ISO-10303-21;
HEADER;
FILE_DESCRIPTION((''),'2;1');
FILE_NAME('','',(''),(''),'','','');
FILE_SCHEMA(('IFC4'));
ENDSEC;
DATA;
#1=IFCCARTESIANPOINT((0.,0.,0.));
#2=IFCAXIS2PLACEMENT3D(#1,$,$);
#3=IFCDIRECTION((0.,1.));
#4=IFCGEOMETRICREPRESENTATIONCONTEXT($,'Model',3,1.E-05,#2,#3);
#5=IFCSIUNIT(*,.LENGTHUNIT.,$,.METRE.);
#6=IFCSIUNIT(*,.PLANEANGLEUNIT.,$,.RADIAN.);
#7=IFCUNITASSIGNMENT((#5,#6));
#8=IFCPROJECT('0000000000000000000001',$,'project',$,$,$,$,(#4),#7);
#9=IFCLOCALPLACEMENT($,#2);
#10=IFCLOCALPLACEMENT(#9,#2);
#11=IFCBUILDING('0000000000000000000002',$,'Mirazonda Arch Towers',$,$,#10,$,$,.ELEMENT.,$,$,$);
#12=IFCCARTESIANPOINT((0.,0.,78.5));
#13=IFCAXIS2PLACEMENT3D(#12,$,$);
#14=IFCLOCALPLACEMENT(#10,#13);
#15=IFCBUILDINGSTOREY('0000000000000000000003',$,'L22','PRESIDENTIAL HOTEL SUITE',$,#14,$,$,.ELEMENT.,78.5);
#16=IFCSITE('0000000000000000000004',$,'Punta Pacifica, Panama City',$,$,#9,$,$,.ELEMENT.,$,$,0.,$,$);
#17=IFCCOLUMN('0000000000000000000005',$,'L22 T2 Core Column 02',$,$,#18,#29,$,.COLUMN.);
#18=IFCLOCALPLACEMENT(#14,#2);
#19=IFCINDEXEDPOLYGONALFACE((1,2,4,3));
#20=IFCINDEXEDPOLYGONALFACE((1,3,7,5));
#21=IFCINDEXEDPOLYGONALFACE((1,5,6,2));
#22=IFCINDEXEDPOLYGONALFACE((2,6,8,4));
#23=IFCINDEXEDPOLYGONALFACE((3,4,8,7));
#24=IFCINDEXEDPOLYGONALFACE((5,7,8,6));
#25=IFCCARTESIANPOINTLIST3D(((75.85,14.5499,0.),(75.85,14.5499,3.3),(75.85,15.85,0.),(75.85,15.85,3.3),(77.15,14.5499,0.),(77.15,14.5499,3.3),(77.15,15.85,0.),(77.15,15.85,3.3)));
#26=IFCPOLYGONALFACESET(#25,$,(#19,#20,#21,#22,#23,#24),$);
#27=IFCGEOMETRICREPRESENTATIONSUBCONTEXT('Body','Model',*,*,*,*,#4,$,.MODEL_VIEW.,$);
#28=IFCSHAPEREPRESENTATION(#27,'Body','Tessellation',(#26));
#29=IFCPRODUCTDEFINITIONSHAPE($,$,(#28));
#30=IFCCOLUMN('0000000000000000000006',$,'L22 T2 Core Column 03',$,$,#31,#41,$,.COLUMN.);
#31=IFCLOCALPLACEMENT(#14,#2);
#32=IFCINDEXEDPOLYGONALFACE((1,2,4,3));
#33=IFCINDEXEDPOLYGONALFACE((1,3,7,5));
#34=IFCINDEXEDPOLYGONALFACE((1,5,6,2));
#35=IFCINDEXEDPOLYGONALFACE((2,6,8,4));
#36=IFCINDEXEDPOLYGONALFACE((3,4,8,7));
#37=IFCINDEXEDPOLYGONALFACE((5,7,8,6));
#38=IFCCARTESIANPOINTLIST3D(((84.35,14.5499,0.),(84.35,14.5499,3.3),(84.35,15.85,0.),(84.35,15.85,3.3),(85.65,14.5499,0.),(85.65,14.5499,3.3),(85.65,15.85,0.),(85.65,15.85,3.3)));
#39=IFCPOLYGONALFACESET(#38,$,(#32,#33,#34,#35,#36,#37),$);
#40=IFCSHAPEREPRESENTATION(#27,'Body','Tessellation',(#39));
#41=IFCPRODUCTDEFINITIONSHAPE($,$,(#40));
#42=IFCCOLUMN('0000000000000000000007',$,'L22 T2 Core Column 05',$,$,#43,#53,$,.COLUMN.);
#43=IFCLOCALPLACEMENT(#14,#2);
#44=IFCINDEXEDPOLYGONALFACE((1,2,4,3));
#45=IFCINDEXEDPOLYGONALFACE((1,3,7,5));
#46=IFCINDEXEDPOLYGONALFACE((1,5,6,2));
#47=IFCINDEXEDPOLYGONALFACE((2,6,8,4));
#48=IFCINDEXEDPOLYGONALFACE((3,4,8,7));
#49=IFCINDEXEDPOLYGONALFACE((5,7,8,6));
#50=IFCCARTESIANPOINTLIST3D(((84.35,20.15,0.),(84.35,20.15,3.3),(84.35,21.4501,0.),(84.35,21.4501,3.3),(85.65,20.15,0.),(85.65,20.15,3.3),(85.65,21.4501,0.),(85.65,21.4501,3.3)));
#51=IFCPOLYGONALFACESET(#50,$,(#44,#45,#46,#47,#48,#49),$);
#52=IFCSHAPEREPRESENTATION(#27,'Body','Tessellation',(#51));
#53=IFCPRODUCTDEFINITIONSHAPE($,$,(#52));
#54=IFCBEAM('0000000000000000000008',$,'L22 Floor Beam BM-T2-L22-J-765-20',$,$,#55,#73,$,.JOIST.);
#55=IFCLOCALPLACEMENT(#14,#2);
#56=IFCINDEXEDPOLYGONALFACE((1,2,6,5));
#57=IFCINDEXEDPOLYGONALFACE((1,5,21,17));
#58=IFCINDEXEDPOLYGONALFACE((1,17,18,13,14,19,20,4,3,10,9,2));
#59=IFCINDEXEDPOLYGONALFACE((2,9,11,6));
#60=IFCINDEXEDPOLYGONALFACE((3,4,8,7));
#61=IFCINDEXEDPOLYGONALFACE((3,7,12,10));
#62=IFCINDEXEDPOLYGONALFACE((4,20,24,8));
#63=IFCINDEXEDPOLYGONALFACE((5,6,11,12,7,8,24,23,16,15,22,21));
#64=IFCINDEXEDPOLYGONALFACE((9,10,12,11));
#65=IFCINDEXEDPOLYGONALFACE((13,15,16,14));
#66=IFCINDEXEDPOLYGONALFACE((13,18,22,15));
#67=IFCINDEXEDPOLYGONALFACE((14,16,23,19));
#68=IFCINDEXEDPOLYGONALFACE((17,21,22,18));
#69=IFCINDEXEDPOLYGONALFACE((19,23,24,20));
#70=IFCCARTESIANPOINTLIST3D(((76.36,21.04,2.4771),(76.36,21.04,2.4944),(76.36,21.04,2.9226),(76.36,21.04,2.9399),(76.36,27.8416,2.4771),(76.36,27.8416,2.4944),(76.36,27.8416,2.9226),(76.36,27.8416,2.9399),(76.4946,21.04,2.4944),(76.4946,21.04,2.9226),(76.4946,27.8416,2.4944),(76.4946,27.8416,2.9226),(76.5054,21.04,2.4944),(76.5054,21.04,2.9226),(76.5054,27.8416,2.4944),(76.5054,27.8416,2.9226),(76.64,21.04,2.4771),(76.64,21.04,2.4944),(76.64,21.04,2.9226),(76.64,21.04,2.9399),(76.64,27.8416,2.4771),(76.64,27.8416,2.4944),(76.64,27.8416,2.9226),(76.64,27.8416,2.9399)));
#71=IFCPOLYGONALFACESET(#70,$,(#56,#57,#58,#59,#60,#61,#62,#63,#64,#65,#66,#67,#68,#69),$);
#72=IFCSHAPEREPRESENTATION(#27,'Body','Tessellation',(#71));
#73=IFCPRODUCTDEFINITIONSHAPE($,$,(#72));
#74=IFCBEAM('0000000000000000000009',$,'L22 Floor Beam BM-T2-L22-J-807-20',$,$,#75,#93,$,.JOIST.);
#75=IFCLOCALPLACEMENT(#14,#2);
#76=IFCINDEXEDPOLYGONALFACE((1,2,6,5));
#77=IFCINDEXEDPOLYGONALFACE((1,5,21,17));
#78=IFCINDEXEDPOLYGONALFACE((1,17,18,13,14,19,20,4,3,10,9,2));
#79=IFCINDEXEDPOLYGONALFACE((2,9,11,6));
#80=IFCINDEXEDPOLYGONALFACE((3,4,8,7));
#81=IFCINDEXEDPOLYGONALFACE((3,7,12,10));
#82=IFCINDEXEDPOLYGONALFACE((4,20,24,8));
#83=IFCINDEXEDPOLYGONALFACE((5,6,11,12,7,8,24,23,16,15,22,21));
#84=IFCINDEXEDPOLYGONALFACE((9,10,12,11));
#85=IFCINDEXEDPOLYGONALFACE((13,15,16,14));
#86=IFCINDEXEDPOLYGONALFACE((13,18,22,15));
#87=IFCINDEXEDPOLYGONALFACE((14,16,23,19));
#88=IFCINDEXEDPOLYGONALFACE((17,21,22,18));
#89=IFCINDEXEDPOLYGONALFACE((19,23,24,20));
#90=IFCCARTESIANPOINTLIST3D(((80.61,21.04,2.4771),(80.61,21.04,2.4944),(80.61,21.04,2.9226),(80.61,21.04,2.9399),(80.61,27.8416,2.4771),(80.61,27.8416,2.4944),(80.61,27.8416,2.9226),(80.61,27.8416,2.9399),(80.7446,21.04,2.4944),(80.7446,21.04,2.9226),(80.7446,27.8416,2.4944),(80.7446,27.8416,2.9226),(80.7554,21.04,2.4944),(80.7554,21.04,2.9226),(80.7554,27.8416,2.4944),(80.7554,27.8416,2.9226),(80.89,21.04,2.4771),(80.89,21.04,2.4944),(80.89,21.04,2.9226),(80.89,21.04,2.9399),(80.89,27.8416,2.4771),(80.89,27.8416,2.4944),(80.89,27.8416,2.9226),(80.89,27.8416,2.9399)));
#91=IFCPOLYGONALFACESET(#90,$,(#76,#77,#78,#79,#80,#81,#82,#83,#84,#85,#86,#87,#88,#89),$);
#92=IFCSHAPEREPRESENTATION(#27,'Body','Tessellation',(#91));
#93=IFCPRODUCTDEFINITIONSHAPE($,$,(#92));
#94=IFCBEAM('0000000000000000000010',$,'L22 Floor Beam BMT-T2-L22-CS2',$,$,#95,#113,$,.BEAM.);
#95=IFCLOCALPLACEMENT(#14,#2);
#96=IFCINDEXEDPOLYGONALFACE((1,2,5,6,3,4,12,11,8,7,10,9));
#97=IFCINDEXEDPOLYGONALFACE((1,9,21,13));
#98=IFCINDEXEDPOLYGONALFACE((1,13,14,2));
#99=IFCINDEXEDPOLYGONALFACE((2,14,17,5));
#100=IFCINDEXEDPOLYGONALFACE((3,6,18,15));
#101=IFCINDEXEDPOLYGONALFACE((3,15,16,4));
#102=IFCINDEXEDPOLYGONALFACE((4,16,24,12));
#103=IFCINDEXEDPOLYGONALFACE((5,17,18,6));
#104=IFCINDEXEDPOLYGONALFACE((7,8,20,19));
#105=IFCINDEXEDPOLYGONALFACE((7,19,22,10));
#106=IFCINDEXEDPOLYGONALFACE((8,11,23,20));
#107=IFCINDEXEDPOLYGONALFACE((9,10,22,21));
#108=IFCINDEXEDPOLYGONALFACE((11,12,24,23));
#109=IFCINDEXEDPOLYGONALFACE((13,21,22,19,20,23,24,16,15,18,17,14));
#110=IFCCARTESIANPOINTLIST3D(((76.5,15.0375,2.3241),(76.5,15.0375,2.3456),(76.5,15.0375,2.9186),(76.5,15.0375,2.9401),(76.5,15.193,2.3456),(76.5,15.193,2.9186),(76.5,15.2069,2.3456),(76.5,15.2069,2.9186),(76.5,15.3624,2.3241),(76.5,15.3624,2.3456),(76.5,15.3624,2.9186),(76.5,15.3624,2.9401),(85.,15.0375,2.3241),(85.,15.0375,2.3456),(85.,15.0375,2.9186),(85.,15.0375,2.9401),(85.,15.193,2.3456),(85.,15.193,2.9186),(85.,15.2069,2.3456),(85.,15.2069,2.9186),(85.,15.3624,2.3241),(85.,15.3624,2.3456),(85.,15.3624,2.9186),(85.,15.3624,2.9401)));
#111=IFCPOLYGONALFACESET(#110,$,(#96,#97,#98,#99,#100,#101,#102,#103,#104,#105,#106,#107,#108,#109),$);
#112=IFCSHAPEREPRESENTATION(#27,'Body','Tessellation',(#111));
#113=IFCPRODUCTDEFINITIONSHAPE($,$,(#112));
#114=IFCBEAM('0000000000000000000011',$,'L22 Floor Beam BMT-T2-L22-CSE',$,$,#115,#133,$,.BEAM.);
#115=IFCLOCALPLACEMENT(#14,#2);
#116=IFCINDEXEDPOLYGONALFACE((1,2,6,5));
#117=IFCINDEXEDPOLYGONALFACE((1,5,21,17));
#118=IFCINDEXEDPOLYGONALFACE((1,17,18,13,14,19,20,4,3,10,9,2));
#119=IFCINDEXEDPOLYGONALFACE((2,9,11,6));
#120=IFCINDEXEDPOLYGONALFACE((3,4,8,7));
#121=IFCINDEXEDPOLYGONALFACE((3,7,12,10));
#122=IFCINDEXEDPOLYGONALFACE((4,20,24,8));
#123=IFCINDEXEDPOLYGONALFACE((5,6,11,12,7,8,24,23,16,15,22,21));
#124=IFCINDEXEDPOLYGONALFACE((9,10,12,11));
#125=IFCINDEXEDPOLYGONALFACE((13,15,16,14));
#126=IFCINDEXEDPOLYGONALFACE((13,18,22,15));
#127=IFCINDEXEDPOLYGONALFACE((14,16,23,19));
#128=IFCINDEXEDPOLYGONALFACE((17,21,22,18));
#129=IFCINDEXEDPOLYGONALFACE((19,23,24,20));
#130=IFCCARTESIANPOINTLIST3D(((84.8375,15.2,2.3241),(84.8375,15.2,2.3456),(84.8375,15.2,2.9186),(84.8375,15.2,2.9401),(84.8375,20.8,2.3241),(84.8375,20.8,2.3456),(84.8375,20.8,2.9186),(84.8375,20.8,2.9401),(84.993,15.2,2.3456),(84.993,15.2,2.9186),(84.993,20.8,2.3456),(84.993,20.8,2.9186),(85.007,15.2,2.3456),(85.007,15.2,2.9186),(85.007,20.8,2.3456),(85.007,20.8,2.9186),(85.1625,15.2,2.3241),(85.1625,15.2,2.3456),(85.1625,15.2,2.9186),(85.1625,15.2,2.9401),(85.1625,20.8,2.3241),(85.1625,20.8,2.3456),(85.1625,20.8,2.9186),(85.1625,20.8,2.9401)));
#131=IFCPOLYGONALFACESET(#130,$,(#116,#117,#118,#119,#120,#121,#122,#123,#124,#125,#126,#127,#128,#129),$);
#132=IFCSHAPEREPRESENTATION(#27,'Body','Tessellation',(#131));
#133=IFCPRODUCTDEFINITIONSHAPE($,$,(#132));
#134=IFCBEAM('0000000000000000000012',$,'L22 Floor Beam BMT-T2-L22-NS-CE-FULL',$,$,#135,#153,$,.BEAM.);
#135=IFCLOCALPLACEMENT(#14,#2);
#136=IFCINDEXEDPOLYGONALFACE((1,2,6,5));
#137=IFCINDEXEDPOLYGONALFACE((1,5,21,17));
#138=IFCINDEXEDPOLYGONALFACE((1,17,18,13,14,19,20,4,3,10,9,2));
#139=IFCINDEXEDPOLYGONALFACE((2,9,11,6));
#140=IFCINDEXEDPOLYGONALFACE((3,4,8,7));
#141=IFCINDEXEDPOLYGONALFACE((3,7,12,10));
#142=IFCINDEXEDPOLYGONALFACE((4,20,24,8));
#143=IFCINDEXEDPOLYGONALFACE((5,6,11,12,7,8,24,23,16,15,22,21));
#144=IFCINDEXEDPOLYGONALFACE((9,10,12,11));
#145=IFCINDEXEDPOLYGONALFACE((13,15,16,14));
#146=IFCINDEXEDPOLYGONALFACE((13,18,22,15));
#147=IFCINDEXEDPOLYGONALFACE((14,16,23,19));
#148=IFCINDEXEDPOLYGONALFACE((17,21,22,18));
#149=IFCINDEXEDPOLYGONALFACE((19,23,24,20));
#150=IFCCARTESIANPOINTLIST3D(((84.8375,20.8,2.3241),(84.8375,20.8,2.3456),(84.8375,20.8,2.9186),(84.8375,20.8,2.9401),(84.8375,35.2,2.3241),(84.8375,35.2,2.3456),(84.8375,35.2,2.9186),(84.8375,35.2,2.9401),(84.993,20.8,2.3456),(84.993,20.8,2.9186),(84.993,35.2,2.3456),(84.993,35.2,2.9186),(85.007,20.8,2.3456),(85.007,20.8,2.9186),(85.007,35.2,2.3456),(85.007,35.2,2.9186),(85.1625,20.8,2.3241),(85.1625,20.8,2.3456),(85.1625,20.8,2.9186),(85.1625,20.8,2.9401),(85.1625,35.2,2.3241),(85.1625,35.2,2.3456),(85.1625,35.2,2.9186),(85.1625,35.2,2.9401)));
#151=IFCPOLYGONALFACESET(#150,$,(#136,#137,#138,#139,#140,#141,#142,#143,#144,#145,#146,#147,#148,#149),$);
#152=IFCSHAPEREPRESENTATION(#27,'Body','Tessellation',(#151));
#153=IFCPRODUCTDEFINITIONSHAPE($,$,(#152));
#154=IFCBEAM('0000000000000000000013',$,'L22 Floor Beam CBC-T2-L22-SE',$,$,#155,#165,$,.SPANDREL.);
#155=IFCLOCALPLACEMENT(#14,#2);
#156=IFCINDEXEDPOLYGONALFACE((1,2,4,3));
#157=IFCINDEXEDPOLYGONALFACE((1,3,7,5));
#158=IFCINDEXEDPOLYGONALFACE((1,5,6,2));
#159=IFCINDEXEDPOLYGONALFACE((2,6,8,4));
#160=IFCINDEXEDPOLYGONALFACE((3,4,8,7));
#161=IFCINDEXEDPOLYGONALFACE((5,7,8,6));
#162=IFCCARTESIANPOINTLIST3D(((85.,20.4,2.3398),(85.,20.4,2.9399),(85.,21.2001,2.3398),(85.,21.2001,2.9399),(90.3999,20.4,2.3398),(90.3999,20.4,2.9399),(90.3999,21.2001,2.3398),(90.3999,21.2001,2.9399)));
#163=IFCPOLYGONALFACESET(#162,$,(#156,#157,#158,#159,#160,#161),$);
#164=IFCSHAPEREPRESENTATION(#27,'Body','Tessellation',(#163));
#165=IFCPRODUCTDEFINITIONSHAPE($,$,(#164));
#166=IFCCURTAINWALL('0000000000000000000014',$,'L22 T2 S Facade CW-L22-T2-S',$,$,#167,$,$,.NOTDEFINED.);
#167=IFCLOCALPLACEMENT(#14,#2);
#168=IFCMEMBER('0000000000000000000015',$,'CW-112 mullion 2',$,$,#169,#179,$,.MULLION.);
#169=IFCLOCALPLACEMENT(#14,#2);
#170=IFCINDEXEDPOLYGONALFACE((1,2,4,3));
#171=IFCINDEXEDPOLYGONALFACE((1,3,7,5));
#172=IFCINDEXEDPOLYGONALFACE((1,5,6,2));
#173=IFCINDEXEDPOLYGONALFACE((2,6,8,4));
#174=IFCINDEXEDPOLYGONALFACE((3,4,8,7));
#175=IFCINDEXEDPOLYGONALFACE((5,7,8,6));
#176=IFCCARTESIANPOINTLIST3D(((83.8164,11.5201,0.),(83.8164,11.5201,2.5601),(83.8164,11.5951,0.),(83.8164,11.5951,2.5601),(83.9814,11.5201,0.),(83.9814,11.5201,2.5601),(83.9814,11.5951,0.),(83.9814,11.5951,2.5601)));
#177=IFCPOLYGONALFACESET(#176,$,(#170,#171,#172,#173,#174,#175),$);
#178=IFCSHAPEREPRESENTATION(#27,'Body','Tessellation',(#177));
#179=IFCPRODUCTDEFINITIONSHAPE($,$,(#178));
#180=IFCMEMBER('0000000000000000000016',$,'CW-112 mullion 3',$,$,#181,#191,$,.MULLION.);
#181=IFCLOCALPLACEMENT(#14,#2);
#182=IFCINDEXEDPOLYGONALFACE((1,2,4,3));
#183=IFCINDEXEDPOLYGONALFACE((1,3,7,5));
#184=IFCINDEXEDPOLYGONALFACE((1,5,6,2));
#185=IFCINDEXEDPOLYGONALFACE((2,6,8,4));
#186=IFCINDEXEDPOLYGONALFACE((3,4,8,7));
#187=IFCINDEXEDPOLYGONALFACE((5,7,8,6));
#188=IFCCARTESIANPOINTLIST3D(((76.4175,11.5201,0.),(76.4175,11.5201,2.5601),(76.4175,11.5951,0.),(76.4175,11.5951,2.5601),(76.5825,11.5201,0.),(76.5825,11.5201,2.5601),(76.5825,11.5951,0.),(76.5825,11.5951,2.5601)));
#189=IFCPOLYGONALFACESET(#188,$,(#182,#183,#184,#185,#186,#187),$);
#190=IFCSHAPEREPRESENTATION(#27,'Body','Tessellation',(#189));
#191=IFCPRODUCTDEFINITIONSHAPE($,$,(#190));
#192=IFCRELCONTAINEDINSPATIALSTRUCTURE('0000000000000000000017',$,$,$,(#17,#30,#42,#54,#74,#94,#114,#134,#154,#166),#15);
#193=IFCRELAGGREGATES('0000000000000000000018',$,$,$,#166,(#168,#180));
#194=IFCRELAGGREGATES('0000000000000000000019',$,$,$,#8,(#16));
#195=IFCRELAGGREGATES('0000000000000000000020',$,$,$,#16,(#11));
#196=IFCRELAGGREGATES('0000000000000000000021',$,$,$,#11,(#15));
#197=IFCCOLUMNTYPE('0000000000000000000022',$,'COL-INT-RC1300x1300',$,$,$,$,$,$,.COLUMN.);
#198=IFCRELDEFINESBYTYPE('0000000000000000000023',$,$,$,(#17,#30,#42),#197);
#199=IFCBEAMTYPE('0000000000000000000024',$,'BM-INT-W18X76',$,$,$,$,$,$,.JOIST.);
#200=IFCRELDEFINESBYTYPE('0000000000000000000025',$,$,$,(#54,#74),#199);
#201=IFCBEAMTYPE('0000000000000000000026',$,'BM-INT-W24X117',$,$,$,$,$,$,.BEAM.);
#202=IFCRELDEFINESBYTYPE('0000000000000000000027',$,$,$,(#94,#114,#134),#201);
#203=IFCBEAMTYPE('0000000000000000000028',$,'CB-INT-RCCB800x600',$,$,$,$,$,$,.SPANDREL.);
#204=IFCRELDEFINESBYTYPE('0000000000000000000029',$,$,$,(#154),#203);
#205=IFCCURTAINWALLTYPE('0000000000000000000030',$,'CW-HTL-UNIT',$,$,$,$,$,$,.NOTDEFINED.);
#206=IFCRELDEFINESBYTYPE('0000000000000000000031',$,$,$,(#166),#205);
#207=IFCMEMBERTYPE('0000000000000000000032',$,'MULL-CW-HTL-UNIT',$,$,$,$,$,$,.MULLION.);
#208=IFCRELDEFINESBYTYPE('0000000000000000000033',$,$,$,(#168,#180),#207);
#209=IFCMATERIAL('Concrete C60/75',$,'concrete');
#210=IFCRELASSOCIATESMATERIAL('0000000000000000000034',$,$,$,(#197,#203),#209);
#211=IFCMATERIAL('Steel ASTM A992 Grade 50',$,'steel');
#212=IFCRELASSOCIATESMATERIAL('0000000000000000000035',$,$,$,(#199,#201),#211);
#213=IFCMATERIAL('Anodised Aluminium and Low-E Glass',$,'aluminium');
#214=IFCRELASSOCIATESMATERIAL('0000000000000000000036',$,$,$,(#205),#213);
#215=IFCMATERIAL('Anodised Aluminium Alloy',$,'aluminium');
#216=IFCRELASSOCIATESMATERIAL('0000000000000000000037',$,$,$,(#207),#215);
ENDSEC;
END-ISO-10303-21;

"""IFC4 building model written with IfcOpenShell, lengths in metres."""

from ifc_helpers import new_model, si_unit, direction, frame, origin, origin_2d, place, context, subcontext, project, spatial, rectangle, i_section, extrude, material, material_profile, profile_set, type_object, element, aggregate, save


model = new_model("IFC4")

# Units and contexts
model_context = context("Model", 3, precision=1e-05, world=origin(), true_north=direction((0.0, 1.0)))
body_context = subcontext(model_context, "Body", "Model", "MODEL_VIEW")
ifc_project = project(units=[si_unit("LENGTHUNIT", "METRE"), si_unit("PLANEANGLEUNIT", "RADIAN")], contexts=[model_context])

# Site, building, storey
site_placement = place(None, origin())
site = spatial("IfcSite", under=ifc_project, at=site_placement, Name="Punta Pacifica, Panama City", CompositionType="ELEMENT", RefElevation=0.0)
building_placement = place(site_placement, origin())
building = spatial("IfcBuilding", under=site, at=building_placement, Name="Mirazonda Arch Towers", CompositionType="ELEMENT")
storey_placement = place(building_placement, frame((0.0, 0.0, 78.5)))
storey = spatial("IfcBuildingStorey", under=building, at=storey_placement, Name="L22", Description="PRESIDENTIAL HOTEL SUITE", CompositionType="ELEMENT", Elevation=78.5)

# Columns
ifc_material_1 = material(Name="Concrete C60/75", Category="concrete")
ifc_material_profile_1 = material_profile(ifc_material_1, rectangle(XDim=1.3, YDim=1.3, at=origin_2d()), Name="RC1300x1300")
ifc_profile_set_1 = profile_set([ifc_material_profile_1], Name="Concrete C60/75")
column_type = type_object("IfcColumnType", Name="COL-INT-RC1300x1300", PredefinedType="COLUMN", material=ifc_profile_set_1)
for number, where, z_axis, x_axis, name in (
    (1, (76.5, 15.2, 0.0), (0.0, 0.0, 1.0), (1.0, 0.0, 0.0), "L22 T2 Core Column 02"),
    (2, (85.0, 15.2, 0.0), (0.0, 0.0, 1.0), (1.0, 0.0, 0.0), "L22 T2 Core Column 03"),
    (3, (85.0, 20.8, 0.0), (0.0, 0.0, 1.0), (1.0, 0.0, 0.0), "L22 T2 Core Column 05"),
):
    element("IfcColumn", number, at=place(storey_placement, frame(where, z_axis=z_axis, x_axis=x_axis)), inside=storey, type_object=column_type, Name=name, PredefinedType="COLUMN", context=body_context, shape_type="SweptSolid", body=[
        extrude(rectangle(XDim=1.3, YDim=1.3, at=origin_2d()), origin(), (0.0, 0.0, 1.0), 3.3),
    ])

# Beams
ifc_material_2 = material(Name="Steel ASTM A992 Grade 50", Category="steel")
ifc_material_profile_2 = material_profile(ifc_material_2, i_section(OverallWidth=0.28, OverallDepth=0.4629, WebThickness=0.0107, FlangeThickness=0.0173, at=origin_2d()), Name="W18X76")
ifc_profile_set_2 = profile_set([ifc_material_profile_2], Name="Steel ASTM A992 Grade 50")
beam_type_1 = type_object("IfcBeamType", Name="BM-INT-W18X76", PredefinedType="JOIST", material=ifc_profile_set_2)
for number, where, z_axis, x_axis, name in (
    (4, (76.5, 21.04, 2.7085), (0.0, 1.0, 0.0), (-1.0, 0.0, 0.0), "L22 Floor Beam BM-T2-L22-J-765-20"),
    (5, (80.75, 21.04, 2.7085), (0.0, 1.0, 0.0), (-1.0, 0.0, 0.0), "L22 Floor Beam BM-T2-L22-J-807-20"),
):
    element("IfcBeam", number, at=place(storey_placement, frame(where, z_axis=z_axis, x_axis=x_axis)), inside=storey, type_object=beam_type_1, Name=name, PredefinedType="JOIST", context=body_context, shape_type="SweptSolid", body=[
        extrude(i_section(OverallWidth=0.28, OverallDepth=0.4629, WebThickness=0.0107, FlangeThickness=0.0173, at=origin_2d()), origin(), (0.0, 0.0, 1.0), 6.8015),
    ])
ifc_material_profile_3 = material_profile(ifc_material_2, i_section(OverallWidth=0.325, OverallDepth=0.616, WebThickness=0.0139, FlangeThickness=0.0215, at=origin_2d()), Name="W24X117")
ifc_profile_set_3 = profile_set([ifc_material_profile_3], Name="Steel ASTM A992 Grade 50")
beam_type_2 = type_object("IfcBeamType", Name="BM-INT-W24X117", PredefinedType="BEAM", material=ifc_profile_set_3)
beam_1_placement = place(storey_placement, frame((76.5, 15.2, 2.6321), z_axis=(1.0, 0.0, 0.0), x_axis=(0.0, 1.0, 0.0)))
element("IfcBeam", 6, at=beam_1_placement, inside=storey, type_object=beam_type_2, Name="L22 Floor Beam BMT-T2-L22-CS2", PredefinedType="BEAM", context=body_context, shape_type="SweptSolid", body=[
    extrude(i_section(OverallWidth=0.325, OverallDepth=0.616, WebThickness=0.0139, FlangeThickness=0.0215, at=origin_2d()), origin(), (0.0, 0.0, 1.0), 8.5),
])
beam_2_placement = place(storey_placement, frame((85.0, 15.2, 2.6321), z_axis=(0.0, 1.0, 0.0), x_axis=(-1.0, 0.0, 0.0)))
element("IfcBeam", 7, at=beam_2_placement, inside=storey, type_object=beam_type_2, Name="L22 Floor Beam BMT-T2-L22-CSE", PredefinedType="BEAM", context=body_context, shape_type="SweptSolid", body=[
    extrude(i_section(OverallWidth=0.325, OverallDepth=0.616, WebThickness=0.0139, FlangeThickness=0.0215, at=origin_2d()), origin(), (0.0, 0.0, 1.0), 5.6001),
])
beam_3_placement = place(storey_placement, frame((85.0, 20.8, 2.6321), z_axis=(0.0, 1.0, 0.0), x_axis=(-1.0, 0.0, 0.0)))
element("IfcBeam", 8, at=beam_3_placement, inside=storey, type_object=beam_type_2, Name="L22 Floor Beam BMT-T2-L22-NS-CE-FULL", PredefinedType="BEAM", context=body_context, shape_type="SweptSolid", body=[
    extrude(i_section(OverallWidth=0.325, OverallDepth=0.616, WebThickness=0.0139, FlangeThickness=0.0215, at=origin_2d()), origin(), (0.0, 0.0, 1.0), 14.3999),
])
ifc_material_profile_4 = material_profile(ifc_material_1, rectangle(XDim=0.8, YDim=0.6001, at=origin_2d()), Name="RCCB800x600")
ifc_profile_set_4 = profile_set([ifc_material_profile_4], Name="Concrete C60/75")
beam_type_3 = type_object("IfcBeamType", Name="CB-INT-RCCB800x600", PredefinedType="SPANDREL", material=ifc_profile_set_4)
beam_4_placement = place(storey_placement, frame((85.0, 20.8, 2.6399), z_axis=(1.0, 0.0, 0.0), x_axis=(0.0, 1.0, 0.0)))
element("IfcBeam", 9, at=beam_4_placement, inside=storey, type_object=beam_type_3, Name="L22 Floor Beam CBC-T2-L22-SE", PredefinedType="SPANDREL", context=body_context, shape_type="SweptSolid", body=[
    extrude(rectangle(XDim=0.8, YDim=0.6001, at=origin_2d()), origin(), (0.0, 0.0, 1.0), 5.3999),
])

# Curtain wall, members
ifc_material_3 = material(Name="Anodised Aluminium and Low-E Glass", Category="aluminium")
curtain_wall_type = type_object("IfcCurtainWallType", Name="CW-HTL-UNIT", PredefinedType="NOTDEFINED", material=ifc_material_3)
curtain_wall_placement = place(storey_placement, origin())
curtain_wall = element("IfcCurtainWall", 10, at=curtain_wall_placement, inside=storey, type_object=curtain_wall_type, Name="L22 T2 S Facade CW-L22-T2-S", PredefinedType="NOTDEFINED")
ifc_material_4 = material(Name="Anodised Aluminium Alloy", Category="aluminium")
ifc_material_profile_5 = material_profile(ifc_material_4, rectangle(XDim=0.075, YDim=0.165, at=origin_2d()), Name="ALU-MULL-75x165")
ifc_profile_set_5 = profile_set([ifc_material_profile_5], Name="Anodised Aluminium Alloy")
member_type_1 = type_object("IfcMemberType", Name="MULL-CW-HTL-UNIT", PredefinedType="MULLION", material=ifc_profile_set_5)
member_1_placement = place(storey_placement, frame((83.8989, 11.5576, 0.0), z_axis=(0.0, 0.0, 1.0), x_axis=(0.0, -1.0, 0.0)))
member_1 = element("IfcMember", 11, at=member_1_placement, type_object=member_type_1, Name="CW-112 mullion 2", PredefinedType="MULLION", context=body_context, shape_type="SweptSolid", body=[
    extrude(rectangle(XDim=0.075, YDim=0.165, at=origin_2d()), origin(), (0.0, 0.0, 1.0), 2.5601),
])
member_2_placement = place(storey_placement, frame((76.5, 11.5576, 0.0), z_axis=(0.0, 0.0, 1.0), x_axis=(0.0, -1.0, 0.0)))
member_2 = element("IfcMember", 12, at=member_2_placement, type_object=member_type_1, Name="CW-112 mullion 3", PredefinedType="MULLION", context=body_context, shape_type="SweptSolid", body=[
    extrude(rectangle(XDim=0.075, YDim=0.165, at=origin_2d()), origin(), (0.0, 0.0, 1.0), 2.5601),
])
aggregate(curtain_wall, [member_1, member_2])

save(model, "model.ifc")
